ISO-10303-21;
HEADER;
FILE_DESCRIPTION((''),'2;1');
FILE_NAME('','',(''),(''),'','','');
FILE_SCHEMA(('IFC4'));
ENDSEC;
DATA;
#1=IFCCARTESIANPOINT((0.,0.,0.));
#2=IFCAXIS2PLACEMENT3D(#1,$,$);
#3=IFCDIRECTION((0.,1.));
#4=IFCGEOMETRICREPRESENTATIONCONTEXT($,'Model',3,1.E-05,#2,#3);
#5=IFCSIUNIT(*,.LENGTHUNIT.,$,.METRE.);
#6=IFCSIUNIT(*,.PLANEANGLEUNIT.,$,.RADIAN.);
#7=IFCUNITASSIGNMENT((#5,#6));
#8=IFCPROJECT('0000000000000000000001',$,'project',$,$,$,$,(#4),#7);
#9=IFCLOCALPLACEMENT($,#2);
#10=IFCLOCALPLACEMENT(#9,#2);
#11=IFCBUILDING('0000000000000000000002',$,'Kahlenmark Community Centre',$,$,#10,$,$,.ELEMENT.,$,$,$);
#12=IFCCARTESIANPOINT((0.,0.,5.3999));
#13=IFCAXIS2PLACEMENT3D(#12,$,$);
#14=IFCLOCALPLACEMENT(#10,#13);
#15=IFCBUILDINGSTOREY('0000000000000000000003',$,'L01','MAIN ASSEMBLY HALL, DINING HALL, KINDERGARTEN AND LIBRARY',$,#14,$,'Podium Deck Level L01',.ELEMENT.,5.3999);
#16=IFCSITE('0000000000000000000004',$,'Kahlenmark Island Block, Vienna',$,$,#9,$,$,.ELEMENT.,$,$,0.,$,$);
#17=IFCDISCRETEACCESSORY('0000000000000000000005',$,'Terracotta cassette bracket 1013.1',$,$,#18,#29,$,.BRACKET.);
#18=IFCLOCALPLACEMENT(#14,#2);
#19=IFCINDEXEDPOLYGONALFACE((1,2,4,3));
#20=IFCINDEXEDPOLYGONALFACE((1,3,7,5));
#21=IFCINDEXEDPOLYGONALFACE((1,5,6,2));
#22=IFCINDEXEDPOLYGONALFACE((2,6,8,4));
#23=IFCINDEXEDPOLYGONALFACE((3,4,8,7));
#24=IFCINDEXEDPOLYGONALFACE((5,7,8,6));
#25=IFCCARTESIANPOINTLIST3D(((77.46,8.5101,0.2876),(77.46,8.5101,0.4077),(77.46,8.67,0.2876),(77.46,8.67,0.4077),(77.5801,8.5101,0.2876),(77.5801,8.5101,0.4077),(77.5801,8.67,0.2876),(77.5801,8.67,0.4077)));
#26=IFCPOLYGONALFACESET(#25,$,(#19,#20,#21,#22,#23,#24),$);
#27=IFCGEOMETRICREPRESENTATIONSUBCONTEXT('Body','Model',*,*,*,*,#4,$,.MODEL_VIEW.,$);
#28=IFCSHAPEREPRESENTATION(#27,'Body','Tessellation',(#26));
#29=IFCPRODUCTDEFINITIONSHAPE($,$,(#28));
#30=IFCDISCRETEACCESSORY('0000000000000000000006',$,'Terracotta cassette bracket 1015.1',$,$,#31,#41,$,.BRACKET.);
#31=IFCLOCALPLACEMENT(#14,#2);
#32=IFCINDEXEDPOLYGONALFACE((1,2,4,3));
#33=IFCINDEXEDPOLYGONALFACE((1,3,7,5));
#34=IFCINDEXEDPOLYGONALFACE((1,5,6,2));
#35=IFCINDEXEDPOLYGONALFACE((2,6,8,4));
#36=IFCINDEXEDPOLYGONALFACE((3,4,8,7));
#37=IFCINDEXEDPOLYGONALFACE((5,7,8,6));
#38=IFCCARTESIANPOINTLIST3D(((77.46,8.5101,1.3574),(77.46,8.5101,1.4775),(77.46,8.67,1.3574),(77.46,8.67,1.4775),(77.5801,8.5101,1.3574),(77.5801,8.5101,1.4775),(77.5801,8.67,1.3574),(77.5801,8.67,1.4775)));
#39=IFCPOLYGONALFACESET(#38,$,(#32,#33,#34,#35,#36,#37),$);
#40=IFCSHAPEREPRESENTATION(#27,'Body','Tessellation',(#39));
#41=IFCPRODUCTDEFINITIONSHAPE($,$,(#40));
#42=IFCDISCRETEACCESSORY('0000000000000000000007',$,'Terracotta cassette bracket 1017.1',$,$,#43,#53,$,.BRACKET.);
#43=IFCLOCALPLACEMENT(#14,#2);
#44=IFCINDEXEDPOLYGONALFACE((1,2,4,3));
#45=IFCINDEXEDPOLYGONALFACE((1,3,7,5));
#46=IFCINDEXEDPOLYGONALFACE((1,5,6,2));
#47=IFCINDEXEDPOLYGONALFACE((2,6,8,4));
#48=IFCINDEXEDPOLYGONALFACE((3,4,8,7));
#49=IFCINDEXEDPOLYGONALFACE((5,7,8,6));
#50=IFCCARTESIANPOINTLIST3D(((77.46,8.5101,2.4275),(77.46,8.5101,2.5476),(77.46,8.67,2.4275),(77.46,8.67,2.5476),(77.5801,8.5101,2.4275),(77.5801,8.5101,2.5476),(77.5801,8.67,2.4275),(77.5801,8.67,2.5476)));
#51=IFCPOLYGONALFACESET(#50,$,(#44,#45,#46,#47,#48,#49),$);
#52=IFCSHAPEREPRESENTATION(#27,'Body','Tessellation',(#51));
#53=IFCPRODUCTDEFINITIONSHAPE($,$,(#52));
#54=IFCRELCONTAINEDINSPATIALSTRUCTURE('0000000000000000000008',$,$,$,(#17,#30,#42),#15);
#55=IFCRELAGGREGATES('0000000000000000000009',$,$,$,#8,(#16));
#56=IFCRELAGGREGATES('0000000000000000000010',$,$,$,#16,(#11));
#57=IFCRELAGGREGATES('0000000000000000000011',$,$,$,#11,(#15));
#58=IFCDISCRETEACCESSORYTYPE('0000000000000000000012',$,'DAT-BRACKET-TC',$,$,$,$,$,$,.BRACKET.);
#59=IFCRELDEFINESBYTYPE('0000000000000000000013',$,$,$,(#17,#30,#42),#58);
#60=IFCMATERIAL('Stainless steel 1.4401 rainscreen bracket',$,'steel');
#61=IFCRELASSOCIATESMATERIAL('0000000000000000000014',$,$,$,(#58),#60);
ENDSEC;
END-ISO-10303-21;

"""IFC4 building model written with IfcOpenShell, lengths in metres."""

from ifc_helpers import new_model, si_unit, direction, frame, origin, origin_2d, place, context, subcontext, project, spatial, rectangle, extrude, material, type_object, element, save


model = new_model("IFC4")

# Units and contexts
model_context = context("Model", 3, precision=1e-05, world=origin(), true_north=direction((0.0, 1.0)))
body_context = subcontext(model_context, "Body", "Model", "MODEL_VIEW")
ifc_project = project(units=[si_unit("LENGTHUNIT", "METRE"), si_unit("PLANEANGLEUNIT", "RADIAN")], contexts=[model_context])

# Site, building, storey
site_placement = place(None, origin())
site = spatial("IfcSite", under=ifc_project, at=site_placement, Name="Kahlenmark Island Block, Vienna", CompositionType="ELEMENT", RefElevation=0.0)
building_placement = place(site_placement, origin())
building = spatial("IfcBuilding", under=site, at=building_placement, Name="Kahlenmark Community Centre", CompositionType="ELEMENT")
storey_placement = place(building_placement, frame((0.0, 0.0, 5.3999)))
storey = spatial("IfcBuildingStorey", under=building, at=storey_placement, Name="L01", Description="MAIN ASSEMBLY HALL, DINING HALL, KINDERGARTEN AND LIBRARY", LongName="Podium Deck Level L01", CompositionType="ELEMENT", Elevation=5.3999)

# Discrete accessories
ifc_material_1 = material(Name="Stainless steel 1.4401 rainscreen bracket", Category="steel")
discrete_accessory_type = type_object("IfcDiscreteAccessoryType", Name="DAT-BRACKET-TC", PredefinedType="BRACKET", material=ifc_material_1)
for number, where, z_axis, x_axis, name in (
    (1, (77.52, 8.5901, 0.2876), (0.0, 0.0, 1.0), (1.0, 0.0, 0.0), "Terracotta cassette bracket 1013.1"),
    (2, (77.52, 8.5901, 1.3574), (0.0, 0.0, 1.0), (1.0, 0.0, 0.0), "Terracotta cassette bracket 1015.1"),
    (3, (77.52, 8.5901, 2.4275), (0.0, 0.0, 1.0), (1.0, 0.0, 0.0), "Terracotta cassette bracket 1017.1"),
):
    element("IfcDiscreteAccessory", number, at=place(storey_placement, frame(where, z_axis=z_axis, x_axis=x_axis)), inside=storey, type_object=discrete_accessory_type, Name=name, PredefinedType="BRACKET", context=body_context, shape_type="SweptSolid", body=[
        extrude(rectangle(XDim=0.1201, YDim=0.1599, at=origin_2d()), origin(), (0.0, 0.0, 1.0), 0.1201),
    ])

save(model, "model.ifc")
